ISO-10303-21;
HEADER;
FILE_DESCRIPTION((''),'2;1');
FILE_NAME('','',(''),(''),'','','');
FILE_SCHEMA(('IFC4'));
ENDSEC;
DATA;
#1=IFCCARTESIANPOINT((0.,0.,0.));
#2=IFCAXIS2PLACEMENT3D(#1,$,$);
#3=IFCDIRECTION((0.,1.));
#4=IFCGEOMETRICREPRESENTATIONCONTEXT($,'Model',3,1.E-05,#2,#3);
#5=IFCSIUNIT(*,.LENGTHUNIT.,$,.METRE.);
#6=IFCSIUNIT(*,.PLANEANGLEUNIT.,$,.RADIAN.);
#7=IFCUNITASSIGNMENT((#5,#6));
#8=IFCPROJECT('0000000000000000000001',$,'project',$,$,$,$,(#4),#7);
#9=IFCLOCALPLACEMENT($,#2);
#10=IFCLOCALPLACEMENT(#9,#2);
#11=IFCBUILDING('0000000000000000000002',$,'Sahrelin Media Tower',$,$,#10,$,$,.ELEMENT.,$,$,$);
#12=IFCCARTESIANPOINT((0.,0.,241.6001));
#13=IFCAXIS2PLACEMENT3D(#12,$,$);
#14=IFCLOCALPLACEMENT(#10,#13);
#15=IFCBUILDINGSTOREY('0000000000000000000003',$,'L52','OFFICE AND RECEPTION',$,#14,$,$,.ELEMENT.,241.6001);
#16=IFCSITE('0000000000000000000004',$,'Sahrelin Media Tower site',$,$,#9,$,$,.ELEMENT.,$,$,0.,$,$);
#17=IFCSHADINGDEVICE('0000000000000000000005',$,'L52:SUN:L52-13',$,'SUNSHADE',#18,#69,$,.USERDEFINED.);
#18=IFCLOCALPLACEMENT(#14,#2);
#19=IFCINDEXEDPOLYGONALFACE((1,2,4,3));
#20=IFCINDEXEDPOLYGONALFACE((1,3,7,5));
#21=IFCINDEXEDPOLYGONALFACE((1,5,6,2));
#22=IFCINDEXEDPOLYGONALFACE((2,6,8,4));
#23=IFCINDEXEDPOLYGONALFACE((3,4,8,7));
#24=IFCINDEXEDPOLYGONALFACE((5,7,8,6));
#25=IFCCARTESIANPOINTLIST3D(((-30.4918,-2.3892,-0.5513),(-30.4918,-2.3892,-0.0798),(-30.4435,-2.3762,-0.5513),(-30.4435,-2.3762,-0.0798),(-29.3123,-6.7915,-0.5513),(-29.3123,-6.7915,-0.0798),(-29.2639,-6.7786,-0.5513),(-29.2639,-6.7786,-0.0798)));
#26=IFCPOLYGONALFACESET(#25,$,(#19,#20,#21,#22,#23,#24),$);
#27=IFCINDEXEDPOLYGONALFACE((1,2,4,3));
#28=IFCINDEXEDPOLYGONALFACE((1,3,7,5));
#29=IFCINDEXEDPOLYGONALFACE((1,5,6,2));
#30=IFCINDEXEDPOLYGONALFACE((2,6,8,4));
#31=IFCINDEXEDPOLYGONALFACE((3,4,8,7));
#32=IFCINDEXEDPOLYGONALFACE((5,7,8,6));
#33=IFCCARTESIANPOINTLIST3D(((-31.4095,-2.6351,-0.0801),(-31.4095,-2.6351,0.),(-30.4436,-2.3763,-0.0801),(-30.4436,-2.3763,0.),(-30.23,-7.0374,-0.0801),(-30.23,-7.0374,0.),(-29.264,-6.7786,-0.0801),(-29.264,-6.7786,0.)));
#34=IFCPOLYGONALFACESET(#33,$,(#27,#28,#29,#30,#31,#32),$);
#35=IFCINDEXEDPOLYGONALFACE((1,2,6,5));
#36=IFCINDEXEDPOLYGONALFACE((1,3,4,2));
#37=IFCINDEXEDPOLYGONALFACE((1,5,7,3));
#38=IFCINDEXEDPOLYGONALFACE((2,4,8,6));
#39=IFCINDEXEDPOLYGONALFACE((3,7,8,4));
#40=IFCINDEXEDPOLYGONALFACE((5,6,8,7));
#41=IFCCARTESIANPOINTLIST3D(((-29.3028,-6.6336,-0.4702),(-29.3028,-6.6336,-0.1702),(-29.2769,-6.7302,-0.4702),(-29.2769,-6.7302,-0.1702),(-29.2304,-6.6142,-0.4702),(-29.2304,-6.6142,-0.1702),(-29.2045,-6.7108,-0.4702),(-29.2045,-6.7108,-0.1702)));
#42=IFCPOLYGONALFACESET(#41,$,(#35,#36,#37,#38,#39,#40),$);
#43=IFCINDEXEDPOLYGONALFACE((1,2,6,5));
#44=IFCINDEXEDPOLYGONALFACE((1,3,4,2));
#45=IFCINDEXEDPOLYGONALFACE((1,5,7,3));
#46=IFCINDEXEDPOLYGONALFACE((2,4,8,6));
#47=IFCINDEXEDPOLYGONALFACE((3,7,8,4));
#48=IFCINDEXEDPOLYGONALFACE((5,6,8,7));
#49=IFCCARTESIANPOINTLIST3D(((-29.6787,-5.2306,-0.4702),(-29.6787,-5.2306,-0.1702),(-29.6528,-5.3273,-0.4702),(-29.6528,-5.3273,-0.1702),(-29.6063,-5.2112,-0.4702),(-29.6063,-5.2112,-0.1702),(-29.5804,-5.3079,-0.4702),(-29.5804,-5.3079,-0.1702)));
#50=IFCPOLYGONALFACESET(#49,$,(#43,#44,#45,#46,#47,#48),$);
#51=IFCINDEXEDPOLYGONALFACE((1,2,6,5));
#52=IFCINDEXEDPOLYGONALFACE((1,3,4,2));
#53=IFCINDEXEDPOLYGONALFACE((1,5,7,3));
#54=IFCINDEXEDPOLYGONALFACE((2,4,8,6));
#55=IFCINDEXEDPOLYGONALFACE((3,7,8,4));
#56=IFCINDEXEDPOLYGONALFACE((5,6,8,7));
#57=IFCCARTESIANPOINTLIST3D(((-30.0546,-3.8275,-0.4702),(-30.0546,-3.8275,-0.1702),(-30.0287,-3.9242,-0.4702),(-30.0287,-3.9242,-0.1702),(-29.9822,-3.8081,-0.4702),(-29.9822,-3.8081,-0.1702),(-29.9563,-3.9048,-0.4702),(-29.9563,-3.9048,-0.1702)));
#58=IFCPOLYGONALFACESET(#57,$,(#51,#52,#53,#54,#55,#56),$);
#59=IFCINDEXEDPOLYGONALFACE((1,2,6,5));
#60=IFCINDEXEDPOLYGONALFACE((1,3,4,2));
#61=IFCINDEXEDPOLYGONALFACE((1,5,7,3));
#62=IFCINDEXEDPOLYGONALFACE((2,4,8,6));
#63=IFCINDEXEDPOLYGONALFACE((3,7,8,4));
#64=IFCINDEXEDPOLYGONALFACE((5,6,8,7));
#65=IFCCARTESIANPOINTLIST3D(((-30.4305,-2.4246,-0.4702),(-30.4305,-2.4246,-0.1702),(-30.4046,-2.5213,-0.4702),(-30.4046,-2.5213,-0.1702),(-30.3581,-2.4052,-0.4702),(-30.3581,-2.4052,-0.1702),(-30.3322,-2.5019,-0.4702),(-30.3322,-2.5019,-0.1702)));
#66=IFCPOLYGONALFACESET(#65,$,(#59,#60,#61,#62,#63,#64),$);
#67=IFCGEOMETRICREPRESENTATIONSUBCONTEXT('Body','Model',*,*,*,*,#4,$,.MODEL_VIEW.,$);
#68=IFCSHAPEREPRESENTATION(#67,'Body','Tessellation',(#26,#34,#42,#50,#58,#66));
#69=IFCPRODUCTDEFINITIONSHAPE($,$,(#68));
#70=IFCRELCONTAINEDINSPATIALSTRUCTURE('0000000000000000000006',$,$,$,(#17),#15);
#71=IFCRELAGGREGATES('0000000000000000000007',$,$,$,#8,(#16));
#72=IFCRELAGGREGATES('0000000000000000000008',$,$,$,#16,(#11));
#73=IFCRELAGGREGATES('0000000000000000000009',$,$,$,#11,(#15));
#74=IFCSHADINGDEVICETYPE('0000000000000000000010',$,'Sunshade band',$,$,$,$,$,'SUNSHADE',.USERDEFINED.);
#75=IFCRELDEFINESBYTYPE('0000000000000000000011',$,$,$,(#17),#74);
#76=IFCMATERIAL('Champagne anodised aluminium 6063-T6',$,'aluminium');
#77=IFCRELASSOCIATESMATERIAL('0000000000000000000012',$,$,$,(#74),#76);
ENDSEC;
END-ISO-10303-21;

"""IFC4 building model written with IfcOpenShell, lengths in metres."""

from ifc_helpers import new_model, si_unit, direction, frame, origin, origin_2d, place, context, subcontext, project, spatial, rectangle, extrude, material, type_object, element, save


model = new_model("IFC4")

# Units and contexts
model_context = context("Model", 3, precision=1e-05, world=origin(), true_north=direction((0.0, 1.0)))
body_context = subcontext(model_context, "Body", "Model", "MODEL_VIEW")
ifc_project = project(units=[si_unit("LENGTHUNIT", "METRE"), si_unit("PLANEANGLEUNIT", "RADIAN")], contexts=[model_context])

# Site, building, storey
site_placement = place(None, origin())
site = spatial("IfcSite", under=ifc_project, at=site_placement, Name="Sahrelin Media Tower site", CompositionType="ELEMENT", RefElevation=0.0)
building_placement = place(site_placement, origin())
building = spatial("IfcBuilding", under=site, at=building_placement, Name="Sahrelin Media Tower", CompositionType="ELEMENT")
storey_placement = place(building_placement, frame((0.0, 0.0, 241.6001)))
storey = spatial("IfcBuildingStorey", under=building, at=storey_placement, Name="L52", Description="OFFICE AND RECEPTION", CompositionType="ELEMENT", Elevation=241.6001)

# Shared definitions
ifc_material_1 = material(Name="Champagne anodised aluminium 6063-T6", Category="aluminium")

# Shading device
placement_1 = place(storey_placement, frame((-29.8345, -4.5723, 0.0), z_axis=(0.0, 0.0, 1.0), x_axis=(-0.258808, 0.965929, 0.0)))
shading_device_type_1 = type_object("IfcShadingDeviceType", Name="Sunshade band", ElementType="SUNSHADE", PredefinedType="USERDEFINED", material=ifc_material_1)
element("IfcShadingDevice", 1, at=placement_1, inside=storey, type_object=shading_device_type_1, Name="L52:SUN:L52-13", ObjectType="SUNSHADE", PredefinedType="USERDEFINED", context=body_context, shape_type="SweptSolid", body=[
    extrude(rectangle(XDim=4.5576, YDim=0.05, at=origin_2d()), frame((0.0, 0.0449, -0.5513)), (0.0, 0.0, 1.0), 0.4714),
    extrude(rectangle(XDim=4.5576, YDim=1.0, at=origin_2d()), frame((0.0, 0.52, -0.0801)), (0.0, 0.0, 1.0), 0.0801),
    extrude(rectangle(XDim=0.1001, YDim=0.075, at=origin_2d()), frame((-2.1787, -0.0176, -0.4702)), (0.0, 0.0, 1.0), 0.3),
    extrude(rectangle(XDim=0.1001, YDim=0.075, at=origin_2d()), frame((-0.7263, -0.0176, -0.4702)), (0.0, 0.0, 1.0), 0.3),
    extrude(rectangle(XDim=0.1001, YDim=0.075, at=origin_2d()), frame((0.7263, -0.0176, -0.4702)), (0.0, 0.0, 1.0), 0.3),
    extrude(rectangle(XDim=0.1001, YDim=0.075, at=origin_2d()), frame((2.1787, -0.0176, -0.4702)), (0.0, 0.0, 1.0), 0.3),
])

save(model, "model.ifc")
